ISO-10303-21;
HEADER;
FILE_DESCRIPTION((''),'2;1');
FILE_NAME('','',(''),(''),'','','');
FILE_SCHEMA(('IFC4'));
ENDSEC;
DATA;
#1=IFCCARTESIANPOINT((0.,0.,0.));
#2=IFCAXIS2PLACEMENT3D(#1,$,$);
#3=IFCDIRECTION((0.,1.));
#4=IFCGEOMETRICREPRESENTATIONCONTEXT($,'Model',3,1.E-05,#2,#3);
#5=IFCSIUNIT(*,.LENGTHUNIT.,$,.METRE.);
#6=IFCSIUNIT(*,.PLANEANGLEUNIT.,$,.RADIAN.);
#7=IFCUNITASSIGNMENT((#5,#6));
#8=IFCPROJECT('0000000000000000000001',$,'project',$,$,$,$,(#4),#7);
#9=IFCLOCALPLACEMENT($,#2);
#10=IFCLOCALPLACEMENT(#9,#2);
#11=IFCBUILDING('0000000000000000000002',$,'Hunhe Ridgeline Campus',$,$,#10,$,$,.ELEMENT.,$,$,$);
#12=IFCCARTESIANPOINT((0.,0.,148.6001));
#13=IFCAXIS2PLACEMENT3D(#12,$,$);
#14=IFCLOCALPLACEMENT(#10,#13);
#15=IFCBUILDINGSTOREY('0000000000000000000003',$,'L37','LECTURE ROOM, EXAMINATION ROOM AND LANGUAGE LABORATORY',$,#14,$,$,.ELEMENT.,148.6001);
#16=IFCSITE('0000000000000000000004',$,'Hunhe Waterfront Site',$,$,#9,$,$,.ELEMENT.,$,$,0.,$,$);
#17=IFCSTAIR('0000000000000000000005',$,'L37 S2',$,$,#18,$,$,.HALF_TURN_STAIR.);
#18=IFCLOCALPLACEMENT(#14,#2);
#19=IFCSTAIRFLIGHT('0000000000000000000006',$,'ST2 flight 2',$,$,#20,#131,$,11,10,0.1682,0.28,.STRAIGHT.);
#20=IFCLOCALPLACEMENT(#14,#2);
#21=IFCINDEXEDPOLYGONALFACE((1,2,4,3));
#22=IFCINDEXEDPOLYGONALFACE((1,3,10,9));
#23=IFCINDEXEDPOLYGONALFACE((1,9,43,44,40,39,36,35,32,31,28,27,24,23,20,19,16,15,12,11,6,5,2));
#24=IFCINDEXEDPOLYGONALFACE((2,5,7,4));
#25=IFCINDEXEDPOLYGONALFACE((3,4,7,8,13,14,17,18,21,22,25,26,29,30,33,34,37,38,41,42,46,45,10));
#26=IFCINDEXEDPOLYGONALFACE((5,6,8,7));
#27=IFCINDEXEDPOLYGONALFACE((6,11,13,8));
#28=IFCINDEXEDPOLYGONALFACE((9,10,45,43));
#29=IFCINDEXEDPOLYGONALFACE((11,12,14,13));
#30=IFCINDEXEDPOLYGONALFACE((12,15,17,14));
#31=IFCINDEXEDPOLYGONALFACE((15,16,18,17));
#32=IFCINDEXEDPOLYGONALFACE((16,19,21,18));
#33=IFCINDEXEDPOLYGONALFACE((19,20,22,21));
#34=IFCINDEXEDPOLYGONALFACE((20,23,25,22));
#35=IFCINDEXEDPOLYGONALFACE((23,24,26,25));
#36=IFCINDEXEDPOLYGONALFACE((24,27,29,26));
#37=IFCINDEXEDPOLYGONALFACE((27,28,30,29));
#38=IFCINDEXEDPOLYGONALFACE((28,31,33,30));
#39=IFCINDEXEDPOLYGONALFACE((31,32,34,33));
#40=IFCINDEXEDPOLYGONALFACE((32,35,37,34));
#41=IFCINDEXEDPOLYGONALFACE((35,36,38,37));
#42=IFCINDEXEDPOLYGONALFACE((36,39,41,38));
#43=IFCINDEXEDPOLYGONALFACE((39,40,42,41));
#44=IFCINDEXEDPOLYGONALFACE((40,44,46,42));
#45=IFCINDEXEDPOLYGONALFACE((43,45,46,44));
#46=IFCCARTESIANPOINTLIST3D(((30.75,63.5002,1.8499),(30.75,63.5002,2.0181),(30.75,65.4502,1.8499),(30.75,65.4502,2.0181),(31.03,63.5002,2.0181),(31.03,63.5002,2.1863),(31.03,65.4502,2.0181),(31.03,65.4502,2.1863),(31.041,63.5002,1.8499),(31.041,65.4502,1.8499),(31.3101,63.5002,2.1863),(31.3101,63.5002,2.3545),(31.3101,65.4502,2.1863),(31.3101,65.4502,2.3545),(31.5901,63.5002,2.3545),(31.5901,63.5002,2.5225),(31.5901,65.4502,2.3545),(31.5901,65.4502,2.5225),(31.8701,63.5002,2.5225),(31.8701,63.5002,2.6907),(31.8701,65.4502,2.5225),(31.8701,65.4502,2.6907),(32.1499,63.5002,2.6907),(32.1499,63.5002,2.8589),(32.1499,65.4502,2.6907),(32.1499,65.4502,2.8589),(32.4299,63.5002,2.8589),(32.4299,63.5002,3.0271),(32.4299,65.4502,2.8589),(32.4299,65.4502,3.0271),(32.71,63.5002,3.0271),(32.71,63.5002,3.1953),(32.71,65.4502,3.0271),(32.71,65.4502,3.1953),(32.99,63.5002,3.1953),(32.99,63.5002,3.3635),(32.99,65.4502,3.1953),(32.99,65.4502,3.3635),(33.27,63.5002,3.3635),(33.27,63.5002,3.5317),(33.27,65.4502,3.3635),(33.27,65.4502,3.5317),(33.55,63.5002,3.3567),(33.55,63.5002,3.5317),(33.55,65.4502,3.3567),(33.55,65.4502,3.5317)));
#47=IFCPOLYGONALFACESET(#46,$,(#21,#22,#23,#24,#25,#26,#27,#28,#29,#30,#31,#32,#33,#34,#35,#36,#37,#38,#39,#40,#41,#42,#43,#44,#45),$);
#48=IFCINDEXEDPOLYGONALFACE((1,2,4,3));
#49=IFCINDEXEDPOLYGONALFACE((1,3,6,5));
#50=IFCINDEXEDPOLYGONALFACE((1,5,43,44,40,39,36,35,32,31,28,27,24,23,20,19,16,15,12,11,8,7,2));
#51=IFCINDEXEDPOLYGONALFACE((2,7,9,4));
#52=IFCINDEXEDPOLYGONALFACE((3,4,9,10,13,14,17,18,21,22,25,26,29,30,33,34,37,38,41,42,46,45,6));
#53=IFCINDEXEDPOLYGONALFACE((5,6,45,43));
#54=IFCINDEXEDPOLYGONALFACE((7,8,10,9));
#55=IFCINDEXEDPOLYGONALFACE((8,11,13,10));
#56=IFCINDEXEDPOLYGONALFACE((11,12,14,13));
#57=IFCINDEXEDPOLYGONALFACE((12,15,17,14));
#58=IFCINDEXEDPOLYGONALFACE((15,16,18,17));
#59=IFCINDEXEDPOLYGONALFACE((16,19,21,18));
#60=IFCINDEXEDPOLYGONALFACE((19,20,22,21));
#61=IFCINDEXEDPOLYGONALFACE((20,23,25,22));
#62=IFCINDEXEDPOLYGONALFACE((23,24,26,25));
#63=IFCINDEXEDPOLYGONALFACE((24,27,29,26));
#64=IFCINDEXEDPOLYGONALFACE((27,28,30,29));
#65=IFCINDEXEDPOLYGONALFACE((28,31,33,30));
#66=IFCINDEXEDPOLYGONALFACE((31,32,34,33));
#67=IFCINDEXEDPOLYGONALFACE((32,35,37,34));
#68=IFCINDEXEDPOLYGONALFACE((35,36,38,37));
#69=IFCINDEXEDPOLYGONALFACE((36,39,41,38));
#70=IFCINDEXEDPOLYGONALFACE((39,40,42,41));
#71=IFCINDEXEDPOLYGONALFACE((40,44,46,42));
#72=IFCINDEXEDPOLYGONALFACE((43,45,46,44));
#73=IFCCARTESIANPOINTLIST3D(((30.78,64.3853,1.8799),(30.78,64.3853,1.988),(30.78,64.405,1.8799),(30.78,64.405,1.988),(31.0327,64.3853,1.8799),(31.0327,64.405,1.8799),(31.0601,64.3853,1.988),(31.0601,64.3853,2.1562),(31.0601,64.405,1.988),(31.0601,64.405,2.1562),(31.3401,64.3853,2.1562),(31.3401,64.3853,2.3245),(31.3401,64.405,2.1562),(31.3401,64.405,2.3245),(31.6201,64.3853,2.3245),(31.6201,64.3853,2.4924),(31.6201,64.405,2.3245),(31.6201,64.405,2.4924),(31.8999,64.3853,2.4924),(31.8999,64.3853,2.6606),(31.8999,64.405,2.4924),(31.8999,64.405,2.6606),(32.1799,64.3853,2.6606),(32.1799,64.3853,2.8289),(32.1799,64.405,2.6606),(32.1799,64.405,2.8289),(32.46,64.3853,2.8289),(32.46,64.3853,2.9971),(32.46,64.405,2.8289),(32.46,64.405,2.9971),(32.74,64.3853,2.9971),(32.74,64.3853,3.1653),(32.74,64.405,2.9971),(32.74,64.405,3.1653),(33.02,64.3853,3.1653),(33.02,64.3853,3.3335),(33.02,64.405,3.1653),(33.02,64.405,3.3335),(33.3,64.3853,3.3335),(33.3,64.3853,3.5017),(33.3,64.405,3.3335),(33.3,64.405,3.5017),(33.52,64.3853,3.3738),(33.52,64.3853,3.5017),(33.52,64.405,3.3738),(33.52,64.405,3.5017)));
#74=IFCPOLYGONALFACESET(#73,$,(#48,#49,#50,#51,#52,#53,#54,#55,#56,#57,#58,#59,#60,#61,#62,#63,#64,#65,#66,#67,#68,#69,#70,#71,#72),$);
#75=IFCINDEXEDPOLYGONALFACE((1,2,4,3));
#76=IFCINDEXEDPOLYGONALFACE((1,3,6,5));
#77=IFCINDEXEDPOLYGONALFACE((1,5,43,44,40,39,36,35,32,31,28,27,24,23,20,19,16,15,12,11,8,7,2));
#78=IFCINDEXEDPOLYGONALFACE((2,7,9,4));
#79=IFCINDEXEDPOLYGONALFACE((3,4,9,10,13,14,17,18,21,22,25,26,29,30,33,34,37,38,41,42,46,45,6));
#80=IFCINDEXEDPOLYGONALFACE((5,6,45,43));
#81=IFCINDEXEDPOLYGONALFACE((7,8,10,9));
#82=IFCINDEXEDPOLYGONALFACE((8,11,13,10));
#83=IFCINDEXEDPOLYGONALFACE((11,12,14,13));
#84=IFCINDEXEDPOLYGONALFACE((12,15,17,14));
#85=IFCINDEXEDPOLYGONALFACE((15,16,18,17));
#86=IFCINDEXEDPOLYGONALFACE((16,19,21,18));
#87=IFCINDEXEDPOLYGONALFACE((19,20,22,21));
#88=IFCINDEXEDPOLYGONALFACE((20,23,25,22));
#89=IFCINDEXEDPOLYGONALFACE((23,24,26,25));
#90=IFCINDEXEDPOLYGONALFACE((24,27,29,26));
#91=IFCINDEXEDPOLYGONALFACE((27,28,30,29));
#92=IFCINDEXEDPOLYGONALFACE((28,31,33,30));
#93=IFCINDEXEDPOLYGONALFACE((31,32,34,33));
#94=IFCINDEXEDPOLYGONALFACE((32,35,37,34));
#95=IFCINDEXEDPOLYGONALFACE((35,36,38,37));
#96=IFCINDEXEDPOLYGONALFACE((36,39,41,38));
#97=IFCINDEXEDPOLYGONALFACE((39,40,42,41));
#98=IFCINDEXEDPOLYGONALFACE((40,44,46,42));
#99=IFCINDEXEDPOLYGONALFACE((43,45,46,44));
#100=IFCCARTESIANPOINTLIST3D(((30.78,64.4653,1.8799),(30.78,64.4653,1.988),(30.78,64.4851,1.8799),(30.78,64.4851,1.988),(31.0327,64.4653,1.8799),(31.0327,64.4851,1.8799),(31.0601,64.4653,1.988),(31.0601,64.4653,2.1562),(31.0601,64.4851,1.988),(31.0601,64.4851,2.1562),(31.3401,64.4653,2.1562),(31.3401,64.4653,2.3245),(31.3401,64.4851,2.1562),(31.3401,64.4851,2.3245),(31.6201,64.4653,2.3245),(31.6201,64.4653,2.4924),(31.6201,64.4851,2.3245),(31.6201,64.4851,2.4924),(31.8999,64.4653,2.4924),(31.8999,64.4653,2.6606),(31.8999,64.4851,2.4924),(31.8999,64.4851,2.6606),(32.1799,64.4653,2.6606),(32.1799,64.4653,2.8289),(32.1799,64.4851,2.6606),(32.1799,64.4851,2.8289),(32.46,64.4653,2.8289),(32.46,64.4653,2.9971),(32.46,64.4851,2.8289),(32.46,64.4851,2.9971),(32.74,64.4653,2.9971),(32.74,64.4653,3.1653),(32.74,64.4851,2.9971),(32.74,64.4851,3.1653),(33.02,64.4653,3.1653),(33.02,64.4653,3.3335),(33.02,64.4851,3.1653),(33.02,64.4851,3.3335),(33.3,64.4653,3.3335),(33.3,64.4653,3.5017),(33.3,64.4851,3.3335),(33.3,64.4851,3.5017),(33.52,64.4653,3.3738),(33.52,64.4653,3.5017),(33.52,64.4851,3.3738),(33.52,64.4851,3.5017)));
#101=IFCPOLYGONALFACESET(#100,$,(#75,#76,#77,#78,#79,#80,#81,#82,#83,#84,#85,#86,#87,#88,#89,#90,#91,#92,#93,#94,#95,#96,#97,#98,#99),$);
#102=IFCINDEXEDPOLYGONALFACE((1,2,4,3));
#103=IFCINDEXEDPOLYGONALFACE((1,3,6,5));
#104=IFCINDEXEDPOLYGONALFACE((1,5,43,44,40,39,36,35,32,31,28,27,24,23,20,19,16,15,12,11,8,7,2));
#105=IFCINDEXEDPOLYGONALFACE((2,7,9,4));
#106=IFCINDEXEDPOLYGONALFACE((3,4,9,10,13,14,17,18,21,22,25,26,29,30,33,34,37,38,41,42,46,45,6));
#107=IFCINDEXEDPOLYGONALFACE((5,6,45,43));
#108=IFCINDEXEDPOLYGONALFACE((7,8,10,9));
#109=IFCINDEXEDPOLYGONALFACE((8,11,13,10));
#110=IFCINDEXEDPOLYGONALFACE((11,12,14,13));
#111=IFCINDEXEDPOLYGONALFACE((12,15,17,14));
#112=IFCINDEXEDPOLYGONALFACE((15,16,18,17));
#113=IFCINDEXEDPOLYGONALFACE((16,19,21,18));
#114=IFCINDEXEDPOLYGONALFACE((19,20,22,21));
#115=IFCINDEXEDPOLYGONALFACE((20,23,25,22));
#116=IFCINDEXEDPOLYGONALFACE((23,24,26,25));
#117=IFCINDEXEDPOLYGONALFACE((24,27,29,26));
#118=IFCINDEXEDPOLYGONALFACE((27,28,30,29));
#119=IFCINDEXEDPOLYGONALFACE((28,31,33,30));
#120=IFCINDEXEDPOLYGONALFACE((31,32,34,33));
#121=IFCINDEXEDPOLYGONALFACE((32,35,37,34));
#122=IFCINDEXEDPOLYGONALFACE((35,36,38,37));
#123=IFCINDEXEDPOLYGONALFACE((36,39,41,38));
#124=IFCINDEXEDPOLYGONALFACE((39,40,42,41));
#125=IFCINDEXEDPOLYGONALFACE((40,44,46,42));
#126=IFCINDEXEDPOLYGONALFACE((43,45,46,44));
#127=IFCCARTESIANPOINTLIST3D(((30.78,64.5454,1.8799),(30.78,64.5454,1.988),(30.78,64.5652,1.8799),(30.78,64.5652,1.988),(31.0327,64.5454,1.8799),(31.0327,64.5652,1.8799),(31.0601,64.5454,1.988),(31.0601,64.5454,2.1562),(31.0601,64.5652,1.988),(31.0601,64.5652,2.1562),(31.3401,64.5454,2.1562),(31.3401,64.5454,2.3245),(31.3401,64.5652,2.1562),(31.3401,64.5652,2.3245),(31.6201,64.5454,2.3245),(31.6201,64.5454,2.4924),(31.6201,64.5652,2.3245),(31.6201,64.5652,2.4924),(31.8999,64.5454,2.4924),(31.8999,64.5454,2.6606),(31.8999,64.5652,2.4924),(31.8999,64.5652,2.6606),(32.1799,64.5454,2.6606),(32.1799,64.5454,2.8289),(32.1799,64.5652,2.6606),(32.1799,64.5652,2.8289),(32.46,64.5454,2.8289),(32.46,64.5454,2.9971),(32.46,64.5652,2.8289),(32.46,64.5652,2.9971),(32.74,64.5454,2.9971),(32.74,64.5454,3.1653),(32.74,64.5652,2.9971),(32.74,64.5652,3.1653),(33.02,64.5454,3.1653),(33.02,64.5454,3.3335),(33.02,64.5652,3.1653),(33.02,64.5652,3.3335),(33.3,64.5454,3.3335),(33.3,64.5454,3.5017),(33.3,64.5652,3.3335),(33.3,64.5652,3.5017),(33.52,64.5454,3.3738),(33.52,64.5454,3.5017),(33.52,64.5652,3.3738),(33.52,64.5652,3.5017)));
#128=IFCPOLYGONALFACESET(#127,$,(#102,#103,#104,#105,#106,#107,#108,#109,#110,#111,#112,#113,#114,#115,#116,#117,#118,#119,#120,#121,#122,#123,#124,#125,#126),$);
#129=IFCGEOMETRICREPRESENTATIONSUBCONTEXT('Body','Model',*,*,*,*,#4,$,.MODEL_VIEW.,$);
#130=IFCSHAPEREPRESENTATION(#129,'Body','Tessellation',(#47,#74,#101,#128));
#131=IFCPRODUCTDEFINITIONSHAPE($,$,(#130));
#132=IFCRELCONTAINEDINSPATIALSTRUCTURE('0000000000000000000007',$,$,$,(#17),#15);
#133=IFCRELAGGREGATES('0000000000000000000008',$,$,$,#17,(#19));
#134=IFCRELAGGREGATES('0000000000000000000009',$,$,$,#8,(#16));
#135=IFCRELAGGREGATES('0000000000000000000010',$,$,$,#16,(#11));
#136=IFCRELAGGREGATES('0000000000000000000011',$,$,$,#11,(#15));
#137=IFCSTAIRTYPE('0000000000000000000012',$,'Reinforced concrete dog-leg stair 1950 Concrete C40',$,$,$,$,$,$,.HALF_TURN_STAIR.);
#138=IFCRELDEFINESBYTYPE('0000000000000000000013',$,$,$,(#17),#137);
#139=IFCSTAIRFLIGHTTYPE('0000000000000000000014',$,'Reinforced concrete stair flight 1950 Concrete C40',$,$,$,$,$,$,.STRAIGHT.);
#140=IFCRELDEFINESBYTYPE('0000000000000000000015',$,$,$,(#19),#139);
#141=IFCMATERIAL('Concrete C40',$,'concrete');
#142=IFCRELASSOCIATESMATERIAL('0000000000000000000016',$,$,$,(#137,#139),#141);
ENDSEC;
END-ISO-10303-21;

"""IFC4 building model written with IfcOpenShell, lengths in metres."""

from ifc_helpers import new_model, si_unit, direction, frame, origin, place, context, subcontext, project, spatial, polyline, outline, extrude, material, type_object, element, aggregate, save


model = new_model("IFC4")

# Units and contexts
model_context = context("Model", 3, precision=1e-05, world=origin(), true_north=direction((0.0, 1.0)))
body_context = subcontext(model_context, "Body", "Model", "MODEL_VIEW")
ifc_project = project(units=[si_unit("LENGTHUNIT", "METRE"), si_unit("PLANEANGLEUNIT", "RADIAN")], contexts=[model_context])

# Site, building, storey
site_placement = place(None, origin())
site = spatial("IfcSite", under=ifc_project, at=site_placement, Name="Hunhe Waterfront Site", CompositionType="ELEMENT", RefElevation=0.0)
building_placement = place(site_placement, origin())
building = spatial("IfcBuilding", under=site, at=building_placement, Name="Hunhe Ridgeline Campus", CompositionType="ELEMENT")
storey_placement = place(building_placement, frame((0.0, 0.0, 148.6001)))
storey = spatial("IfcBuildingStorey", under=building, at=storey_placement, Name="L37", Description="LECTURE ROOM, EXAMINATION ROOM AND LANGUAGE LABORATORY", CompositionType="ELEMENT", Elevation=148.6001)

# Stair, stair flight
ifc_material_1 = material(Name="Concrete C40", Category="concrete")
stair_type = type_object("IfcStairType", Name="Reinforced concrete dog-leg stair 1950 Concrete C40", PredefinedType="HALF_TURN_STAIR", material=ifc_material_1)
stair_placement = place(storey_placement, origin())
stair = element("IfcStair", 1, at=stair_placement, inside=storey, type_object=stair_type, Name="L37 S2", PredefinedType="HALF_TURN_STAIR")
stair_flight_type = type_object("IfcStairFlightType", Name="Reinforced concrete stair flight 1950 Concrete C40", PredefinedType="STRAIGHT", material=ifc_material_1)
stair_flight_1_placement = place(storey_placement, frame((30.75, 64.4751, 1.8499), z_axis=(0.0, 0.0, 1.0), x_axis=(1.0, 0.0, 0.0)))
stair_flight_1 = element("IfcStairFlight", 2, at=stair_flight_1_placement, type_object=stair_flight_type, Name="ST2 flight 2", NumberOfRisers=11, NumberOfTreads=10, PredefinedType="STRAIGHT", RiserHeight=0.1682, TreadLength=0.28, context=body_context, shape_type="SweptSolid", body=[
    extrude(outline(polyline([(0.0, 0.0), (0.0, 0.1682), (0.28, 0.1682), (0.28, 0.3364), (0.5601, 0.3364), (0.5601, 0.5046), (0.8401, 0.5046), (0.8401, 0.6726), (1.1201, 0.6726), (1.1201, 0.8408), (1.3999, 0.8408), (1.3999, 1.009), (1.6799, 1.009), (1.6799, 1.1772), (1.96, 1.1772), (1.96, 1.3455), (2.24, 1.3455), (2.24, 1.5137), (2.52, 1.5137), (2.52, 1.6819), (2.8, 1.6819), (2.8, 1.8501), (2.8, 1.5068), (0.291, 0.0), (0.0, 0.0)])), frame((0.0, 0.9751, 0.0), z_axis=(0.0, -1.0, 0.0), x_axis=(1.0, 0.0, 0.0)), (0.0, 0.0, 1.0), 1.95),
    extrude(outline(polyline([(0.03, 0.03), (0.03, 0.1382), (0.3101, 0.1382), (0.3101, 0.3064), (0.5901, 0.3064), (0.5901, 0.4746), (0.8701, 0.4746), (0.8701, 0.6426), (1.1499, 0.6426), (1.1499, 0.8108), (1.4299, 0.8108), (1.4299, 0.979), (1.71, 0.979), (1.71, 1.1472), (1.99, 1.1472), (1.99, 1.3154), (2.27, 1.3154), (2.27, 1.4836), (2.55, 1.4836), (2.55, 1.6519), (2.77, 1.6519), (2.77, 1.5239), (0.2827, 0.03), (0.03, 0.03)])), frame((0.0, -0.0701, 0.0), z_axis=(0.0, -1.0, 0.0), x_axis=(1.0, 0.0, 0.0)), (0.0, 0.0, 1.0), 0.0198),
    extrude(outline(polyline([(0.03, 0.03), (0.03, 0.1382), (0.3101, 0.1382), (0.3101, 0.3064), (0.5901, 0.3064), (0.5901, 0.4746), (0.8701, 0.4746), (0.8701, 0.6426), (1.1499, 0.6426), (1.1499, 0.8108), (1.4299, 0.8108), (1.4299, 0.979), (1.71, 0.979), (1.71, 1.1472), (1.99, 1.1472), (1.99, 1.3154), (2.27, 1.3154), (2.27, 1.4836), (2.55, 1.4836), (2.55, 1.6519), (2.77, 1.6519), (2.77, 1.5239), (0.2827, 0.03), (0.03, 0.03)])), frame((0.0, 0.01, 0.0), z_axis=(0.0, -1.0, 0.0), x_axis=(1.0, 0.0, 0.0)), (0.0, 0.0, 1.0), 0.0198),
    extrude(outline(polyline([(0.03, 0.03), (0.03, 0.1382), (0.3101, 0.1382), (0.3101, 0.3064), (0.5901, 0.3064), (0.5901, 0.4746), (0.8701, 0.4746), (0.8701, 0.6426), (1.1499, 0.6426), (1.1499, 0.8108), (1.4299, 0.8108), (1.4299, 0.979), (1.71, 0.979), (1.71, 1.1472), (1.99, 1.1472), (1.99, 1.3154), (2.27, 1.3154), (2.27, 1.4836), (2.55, 1.4836), (2.55, 1.6519), (2.77, 1.6519), (2.77, 1.5239), (0.2827, 0.03), (0.03, 0.03)])), frame((0.0, 0.0901, 0.0), z_axis=(0.0, -1.0, 0.0), x_axis=(1.0, 0.0, 0.0)), (0.0, 0.0, 1.0), 0.0198),
])
aggregate(stair, [stair_flight_1])

save(model, "model.ifc")
